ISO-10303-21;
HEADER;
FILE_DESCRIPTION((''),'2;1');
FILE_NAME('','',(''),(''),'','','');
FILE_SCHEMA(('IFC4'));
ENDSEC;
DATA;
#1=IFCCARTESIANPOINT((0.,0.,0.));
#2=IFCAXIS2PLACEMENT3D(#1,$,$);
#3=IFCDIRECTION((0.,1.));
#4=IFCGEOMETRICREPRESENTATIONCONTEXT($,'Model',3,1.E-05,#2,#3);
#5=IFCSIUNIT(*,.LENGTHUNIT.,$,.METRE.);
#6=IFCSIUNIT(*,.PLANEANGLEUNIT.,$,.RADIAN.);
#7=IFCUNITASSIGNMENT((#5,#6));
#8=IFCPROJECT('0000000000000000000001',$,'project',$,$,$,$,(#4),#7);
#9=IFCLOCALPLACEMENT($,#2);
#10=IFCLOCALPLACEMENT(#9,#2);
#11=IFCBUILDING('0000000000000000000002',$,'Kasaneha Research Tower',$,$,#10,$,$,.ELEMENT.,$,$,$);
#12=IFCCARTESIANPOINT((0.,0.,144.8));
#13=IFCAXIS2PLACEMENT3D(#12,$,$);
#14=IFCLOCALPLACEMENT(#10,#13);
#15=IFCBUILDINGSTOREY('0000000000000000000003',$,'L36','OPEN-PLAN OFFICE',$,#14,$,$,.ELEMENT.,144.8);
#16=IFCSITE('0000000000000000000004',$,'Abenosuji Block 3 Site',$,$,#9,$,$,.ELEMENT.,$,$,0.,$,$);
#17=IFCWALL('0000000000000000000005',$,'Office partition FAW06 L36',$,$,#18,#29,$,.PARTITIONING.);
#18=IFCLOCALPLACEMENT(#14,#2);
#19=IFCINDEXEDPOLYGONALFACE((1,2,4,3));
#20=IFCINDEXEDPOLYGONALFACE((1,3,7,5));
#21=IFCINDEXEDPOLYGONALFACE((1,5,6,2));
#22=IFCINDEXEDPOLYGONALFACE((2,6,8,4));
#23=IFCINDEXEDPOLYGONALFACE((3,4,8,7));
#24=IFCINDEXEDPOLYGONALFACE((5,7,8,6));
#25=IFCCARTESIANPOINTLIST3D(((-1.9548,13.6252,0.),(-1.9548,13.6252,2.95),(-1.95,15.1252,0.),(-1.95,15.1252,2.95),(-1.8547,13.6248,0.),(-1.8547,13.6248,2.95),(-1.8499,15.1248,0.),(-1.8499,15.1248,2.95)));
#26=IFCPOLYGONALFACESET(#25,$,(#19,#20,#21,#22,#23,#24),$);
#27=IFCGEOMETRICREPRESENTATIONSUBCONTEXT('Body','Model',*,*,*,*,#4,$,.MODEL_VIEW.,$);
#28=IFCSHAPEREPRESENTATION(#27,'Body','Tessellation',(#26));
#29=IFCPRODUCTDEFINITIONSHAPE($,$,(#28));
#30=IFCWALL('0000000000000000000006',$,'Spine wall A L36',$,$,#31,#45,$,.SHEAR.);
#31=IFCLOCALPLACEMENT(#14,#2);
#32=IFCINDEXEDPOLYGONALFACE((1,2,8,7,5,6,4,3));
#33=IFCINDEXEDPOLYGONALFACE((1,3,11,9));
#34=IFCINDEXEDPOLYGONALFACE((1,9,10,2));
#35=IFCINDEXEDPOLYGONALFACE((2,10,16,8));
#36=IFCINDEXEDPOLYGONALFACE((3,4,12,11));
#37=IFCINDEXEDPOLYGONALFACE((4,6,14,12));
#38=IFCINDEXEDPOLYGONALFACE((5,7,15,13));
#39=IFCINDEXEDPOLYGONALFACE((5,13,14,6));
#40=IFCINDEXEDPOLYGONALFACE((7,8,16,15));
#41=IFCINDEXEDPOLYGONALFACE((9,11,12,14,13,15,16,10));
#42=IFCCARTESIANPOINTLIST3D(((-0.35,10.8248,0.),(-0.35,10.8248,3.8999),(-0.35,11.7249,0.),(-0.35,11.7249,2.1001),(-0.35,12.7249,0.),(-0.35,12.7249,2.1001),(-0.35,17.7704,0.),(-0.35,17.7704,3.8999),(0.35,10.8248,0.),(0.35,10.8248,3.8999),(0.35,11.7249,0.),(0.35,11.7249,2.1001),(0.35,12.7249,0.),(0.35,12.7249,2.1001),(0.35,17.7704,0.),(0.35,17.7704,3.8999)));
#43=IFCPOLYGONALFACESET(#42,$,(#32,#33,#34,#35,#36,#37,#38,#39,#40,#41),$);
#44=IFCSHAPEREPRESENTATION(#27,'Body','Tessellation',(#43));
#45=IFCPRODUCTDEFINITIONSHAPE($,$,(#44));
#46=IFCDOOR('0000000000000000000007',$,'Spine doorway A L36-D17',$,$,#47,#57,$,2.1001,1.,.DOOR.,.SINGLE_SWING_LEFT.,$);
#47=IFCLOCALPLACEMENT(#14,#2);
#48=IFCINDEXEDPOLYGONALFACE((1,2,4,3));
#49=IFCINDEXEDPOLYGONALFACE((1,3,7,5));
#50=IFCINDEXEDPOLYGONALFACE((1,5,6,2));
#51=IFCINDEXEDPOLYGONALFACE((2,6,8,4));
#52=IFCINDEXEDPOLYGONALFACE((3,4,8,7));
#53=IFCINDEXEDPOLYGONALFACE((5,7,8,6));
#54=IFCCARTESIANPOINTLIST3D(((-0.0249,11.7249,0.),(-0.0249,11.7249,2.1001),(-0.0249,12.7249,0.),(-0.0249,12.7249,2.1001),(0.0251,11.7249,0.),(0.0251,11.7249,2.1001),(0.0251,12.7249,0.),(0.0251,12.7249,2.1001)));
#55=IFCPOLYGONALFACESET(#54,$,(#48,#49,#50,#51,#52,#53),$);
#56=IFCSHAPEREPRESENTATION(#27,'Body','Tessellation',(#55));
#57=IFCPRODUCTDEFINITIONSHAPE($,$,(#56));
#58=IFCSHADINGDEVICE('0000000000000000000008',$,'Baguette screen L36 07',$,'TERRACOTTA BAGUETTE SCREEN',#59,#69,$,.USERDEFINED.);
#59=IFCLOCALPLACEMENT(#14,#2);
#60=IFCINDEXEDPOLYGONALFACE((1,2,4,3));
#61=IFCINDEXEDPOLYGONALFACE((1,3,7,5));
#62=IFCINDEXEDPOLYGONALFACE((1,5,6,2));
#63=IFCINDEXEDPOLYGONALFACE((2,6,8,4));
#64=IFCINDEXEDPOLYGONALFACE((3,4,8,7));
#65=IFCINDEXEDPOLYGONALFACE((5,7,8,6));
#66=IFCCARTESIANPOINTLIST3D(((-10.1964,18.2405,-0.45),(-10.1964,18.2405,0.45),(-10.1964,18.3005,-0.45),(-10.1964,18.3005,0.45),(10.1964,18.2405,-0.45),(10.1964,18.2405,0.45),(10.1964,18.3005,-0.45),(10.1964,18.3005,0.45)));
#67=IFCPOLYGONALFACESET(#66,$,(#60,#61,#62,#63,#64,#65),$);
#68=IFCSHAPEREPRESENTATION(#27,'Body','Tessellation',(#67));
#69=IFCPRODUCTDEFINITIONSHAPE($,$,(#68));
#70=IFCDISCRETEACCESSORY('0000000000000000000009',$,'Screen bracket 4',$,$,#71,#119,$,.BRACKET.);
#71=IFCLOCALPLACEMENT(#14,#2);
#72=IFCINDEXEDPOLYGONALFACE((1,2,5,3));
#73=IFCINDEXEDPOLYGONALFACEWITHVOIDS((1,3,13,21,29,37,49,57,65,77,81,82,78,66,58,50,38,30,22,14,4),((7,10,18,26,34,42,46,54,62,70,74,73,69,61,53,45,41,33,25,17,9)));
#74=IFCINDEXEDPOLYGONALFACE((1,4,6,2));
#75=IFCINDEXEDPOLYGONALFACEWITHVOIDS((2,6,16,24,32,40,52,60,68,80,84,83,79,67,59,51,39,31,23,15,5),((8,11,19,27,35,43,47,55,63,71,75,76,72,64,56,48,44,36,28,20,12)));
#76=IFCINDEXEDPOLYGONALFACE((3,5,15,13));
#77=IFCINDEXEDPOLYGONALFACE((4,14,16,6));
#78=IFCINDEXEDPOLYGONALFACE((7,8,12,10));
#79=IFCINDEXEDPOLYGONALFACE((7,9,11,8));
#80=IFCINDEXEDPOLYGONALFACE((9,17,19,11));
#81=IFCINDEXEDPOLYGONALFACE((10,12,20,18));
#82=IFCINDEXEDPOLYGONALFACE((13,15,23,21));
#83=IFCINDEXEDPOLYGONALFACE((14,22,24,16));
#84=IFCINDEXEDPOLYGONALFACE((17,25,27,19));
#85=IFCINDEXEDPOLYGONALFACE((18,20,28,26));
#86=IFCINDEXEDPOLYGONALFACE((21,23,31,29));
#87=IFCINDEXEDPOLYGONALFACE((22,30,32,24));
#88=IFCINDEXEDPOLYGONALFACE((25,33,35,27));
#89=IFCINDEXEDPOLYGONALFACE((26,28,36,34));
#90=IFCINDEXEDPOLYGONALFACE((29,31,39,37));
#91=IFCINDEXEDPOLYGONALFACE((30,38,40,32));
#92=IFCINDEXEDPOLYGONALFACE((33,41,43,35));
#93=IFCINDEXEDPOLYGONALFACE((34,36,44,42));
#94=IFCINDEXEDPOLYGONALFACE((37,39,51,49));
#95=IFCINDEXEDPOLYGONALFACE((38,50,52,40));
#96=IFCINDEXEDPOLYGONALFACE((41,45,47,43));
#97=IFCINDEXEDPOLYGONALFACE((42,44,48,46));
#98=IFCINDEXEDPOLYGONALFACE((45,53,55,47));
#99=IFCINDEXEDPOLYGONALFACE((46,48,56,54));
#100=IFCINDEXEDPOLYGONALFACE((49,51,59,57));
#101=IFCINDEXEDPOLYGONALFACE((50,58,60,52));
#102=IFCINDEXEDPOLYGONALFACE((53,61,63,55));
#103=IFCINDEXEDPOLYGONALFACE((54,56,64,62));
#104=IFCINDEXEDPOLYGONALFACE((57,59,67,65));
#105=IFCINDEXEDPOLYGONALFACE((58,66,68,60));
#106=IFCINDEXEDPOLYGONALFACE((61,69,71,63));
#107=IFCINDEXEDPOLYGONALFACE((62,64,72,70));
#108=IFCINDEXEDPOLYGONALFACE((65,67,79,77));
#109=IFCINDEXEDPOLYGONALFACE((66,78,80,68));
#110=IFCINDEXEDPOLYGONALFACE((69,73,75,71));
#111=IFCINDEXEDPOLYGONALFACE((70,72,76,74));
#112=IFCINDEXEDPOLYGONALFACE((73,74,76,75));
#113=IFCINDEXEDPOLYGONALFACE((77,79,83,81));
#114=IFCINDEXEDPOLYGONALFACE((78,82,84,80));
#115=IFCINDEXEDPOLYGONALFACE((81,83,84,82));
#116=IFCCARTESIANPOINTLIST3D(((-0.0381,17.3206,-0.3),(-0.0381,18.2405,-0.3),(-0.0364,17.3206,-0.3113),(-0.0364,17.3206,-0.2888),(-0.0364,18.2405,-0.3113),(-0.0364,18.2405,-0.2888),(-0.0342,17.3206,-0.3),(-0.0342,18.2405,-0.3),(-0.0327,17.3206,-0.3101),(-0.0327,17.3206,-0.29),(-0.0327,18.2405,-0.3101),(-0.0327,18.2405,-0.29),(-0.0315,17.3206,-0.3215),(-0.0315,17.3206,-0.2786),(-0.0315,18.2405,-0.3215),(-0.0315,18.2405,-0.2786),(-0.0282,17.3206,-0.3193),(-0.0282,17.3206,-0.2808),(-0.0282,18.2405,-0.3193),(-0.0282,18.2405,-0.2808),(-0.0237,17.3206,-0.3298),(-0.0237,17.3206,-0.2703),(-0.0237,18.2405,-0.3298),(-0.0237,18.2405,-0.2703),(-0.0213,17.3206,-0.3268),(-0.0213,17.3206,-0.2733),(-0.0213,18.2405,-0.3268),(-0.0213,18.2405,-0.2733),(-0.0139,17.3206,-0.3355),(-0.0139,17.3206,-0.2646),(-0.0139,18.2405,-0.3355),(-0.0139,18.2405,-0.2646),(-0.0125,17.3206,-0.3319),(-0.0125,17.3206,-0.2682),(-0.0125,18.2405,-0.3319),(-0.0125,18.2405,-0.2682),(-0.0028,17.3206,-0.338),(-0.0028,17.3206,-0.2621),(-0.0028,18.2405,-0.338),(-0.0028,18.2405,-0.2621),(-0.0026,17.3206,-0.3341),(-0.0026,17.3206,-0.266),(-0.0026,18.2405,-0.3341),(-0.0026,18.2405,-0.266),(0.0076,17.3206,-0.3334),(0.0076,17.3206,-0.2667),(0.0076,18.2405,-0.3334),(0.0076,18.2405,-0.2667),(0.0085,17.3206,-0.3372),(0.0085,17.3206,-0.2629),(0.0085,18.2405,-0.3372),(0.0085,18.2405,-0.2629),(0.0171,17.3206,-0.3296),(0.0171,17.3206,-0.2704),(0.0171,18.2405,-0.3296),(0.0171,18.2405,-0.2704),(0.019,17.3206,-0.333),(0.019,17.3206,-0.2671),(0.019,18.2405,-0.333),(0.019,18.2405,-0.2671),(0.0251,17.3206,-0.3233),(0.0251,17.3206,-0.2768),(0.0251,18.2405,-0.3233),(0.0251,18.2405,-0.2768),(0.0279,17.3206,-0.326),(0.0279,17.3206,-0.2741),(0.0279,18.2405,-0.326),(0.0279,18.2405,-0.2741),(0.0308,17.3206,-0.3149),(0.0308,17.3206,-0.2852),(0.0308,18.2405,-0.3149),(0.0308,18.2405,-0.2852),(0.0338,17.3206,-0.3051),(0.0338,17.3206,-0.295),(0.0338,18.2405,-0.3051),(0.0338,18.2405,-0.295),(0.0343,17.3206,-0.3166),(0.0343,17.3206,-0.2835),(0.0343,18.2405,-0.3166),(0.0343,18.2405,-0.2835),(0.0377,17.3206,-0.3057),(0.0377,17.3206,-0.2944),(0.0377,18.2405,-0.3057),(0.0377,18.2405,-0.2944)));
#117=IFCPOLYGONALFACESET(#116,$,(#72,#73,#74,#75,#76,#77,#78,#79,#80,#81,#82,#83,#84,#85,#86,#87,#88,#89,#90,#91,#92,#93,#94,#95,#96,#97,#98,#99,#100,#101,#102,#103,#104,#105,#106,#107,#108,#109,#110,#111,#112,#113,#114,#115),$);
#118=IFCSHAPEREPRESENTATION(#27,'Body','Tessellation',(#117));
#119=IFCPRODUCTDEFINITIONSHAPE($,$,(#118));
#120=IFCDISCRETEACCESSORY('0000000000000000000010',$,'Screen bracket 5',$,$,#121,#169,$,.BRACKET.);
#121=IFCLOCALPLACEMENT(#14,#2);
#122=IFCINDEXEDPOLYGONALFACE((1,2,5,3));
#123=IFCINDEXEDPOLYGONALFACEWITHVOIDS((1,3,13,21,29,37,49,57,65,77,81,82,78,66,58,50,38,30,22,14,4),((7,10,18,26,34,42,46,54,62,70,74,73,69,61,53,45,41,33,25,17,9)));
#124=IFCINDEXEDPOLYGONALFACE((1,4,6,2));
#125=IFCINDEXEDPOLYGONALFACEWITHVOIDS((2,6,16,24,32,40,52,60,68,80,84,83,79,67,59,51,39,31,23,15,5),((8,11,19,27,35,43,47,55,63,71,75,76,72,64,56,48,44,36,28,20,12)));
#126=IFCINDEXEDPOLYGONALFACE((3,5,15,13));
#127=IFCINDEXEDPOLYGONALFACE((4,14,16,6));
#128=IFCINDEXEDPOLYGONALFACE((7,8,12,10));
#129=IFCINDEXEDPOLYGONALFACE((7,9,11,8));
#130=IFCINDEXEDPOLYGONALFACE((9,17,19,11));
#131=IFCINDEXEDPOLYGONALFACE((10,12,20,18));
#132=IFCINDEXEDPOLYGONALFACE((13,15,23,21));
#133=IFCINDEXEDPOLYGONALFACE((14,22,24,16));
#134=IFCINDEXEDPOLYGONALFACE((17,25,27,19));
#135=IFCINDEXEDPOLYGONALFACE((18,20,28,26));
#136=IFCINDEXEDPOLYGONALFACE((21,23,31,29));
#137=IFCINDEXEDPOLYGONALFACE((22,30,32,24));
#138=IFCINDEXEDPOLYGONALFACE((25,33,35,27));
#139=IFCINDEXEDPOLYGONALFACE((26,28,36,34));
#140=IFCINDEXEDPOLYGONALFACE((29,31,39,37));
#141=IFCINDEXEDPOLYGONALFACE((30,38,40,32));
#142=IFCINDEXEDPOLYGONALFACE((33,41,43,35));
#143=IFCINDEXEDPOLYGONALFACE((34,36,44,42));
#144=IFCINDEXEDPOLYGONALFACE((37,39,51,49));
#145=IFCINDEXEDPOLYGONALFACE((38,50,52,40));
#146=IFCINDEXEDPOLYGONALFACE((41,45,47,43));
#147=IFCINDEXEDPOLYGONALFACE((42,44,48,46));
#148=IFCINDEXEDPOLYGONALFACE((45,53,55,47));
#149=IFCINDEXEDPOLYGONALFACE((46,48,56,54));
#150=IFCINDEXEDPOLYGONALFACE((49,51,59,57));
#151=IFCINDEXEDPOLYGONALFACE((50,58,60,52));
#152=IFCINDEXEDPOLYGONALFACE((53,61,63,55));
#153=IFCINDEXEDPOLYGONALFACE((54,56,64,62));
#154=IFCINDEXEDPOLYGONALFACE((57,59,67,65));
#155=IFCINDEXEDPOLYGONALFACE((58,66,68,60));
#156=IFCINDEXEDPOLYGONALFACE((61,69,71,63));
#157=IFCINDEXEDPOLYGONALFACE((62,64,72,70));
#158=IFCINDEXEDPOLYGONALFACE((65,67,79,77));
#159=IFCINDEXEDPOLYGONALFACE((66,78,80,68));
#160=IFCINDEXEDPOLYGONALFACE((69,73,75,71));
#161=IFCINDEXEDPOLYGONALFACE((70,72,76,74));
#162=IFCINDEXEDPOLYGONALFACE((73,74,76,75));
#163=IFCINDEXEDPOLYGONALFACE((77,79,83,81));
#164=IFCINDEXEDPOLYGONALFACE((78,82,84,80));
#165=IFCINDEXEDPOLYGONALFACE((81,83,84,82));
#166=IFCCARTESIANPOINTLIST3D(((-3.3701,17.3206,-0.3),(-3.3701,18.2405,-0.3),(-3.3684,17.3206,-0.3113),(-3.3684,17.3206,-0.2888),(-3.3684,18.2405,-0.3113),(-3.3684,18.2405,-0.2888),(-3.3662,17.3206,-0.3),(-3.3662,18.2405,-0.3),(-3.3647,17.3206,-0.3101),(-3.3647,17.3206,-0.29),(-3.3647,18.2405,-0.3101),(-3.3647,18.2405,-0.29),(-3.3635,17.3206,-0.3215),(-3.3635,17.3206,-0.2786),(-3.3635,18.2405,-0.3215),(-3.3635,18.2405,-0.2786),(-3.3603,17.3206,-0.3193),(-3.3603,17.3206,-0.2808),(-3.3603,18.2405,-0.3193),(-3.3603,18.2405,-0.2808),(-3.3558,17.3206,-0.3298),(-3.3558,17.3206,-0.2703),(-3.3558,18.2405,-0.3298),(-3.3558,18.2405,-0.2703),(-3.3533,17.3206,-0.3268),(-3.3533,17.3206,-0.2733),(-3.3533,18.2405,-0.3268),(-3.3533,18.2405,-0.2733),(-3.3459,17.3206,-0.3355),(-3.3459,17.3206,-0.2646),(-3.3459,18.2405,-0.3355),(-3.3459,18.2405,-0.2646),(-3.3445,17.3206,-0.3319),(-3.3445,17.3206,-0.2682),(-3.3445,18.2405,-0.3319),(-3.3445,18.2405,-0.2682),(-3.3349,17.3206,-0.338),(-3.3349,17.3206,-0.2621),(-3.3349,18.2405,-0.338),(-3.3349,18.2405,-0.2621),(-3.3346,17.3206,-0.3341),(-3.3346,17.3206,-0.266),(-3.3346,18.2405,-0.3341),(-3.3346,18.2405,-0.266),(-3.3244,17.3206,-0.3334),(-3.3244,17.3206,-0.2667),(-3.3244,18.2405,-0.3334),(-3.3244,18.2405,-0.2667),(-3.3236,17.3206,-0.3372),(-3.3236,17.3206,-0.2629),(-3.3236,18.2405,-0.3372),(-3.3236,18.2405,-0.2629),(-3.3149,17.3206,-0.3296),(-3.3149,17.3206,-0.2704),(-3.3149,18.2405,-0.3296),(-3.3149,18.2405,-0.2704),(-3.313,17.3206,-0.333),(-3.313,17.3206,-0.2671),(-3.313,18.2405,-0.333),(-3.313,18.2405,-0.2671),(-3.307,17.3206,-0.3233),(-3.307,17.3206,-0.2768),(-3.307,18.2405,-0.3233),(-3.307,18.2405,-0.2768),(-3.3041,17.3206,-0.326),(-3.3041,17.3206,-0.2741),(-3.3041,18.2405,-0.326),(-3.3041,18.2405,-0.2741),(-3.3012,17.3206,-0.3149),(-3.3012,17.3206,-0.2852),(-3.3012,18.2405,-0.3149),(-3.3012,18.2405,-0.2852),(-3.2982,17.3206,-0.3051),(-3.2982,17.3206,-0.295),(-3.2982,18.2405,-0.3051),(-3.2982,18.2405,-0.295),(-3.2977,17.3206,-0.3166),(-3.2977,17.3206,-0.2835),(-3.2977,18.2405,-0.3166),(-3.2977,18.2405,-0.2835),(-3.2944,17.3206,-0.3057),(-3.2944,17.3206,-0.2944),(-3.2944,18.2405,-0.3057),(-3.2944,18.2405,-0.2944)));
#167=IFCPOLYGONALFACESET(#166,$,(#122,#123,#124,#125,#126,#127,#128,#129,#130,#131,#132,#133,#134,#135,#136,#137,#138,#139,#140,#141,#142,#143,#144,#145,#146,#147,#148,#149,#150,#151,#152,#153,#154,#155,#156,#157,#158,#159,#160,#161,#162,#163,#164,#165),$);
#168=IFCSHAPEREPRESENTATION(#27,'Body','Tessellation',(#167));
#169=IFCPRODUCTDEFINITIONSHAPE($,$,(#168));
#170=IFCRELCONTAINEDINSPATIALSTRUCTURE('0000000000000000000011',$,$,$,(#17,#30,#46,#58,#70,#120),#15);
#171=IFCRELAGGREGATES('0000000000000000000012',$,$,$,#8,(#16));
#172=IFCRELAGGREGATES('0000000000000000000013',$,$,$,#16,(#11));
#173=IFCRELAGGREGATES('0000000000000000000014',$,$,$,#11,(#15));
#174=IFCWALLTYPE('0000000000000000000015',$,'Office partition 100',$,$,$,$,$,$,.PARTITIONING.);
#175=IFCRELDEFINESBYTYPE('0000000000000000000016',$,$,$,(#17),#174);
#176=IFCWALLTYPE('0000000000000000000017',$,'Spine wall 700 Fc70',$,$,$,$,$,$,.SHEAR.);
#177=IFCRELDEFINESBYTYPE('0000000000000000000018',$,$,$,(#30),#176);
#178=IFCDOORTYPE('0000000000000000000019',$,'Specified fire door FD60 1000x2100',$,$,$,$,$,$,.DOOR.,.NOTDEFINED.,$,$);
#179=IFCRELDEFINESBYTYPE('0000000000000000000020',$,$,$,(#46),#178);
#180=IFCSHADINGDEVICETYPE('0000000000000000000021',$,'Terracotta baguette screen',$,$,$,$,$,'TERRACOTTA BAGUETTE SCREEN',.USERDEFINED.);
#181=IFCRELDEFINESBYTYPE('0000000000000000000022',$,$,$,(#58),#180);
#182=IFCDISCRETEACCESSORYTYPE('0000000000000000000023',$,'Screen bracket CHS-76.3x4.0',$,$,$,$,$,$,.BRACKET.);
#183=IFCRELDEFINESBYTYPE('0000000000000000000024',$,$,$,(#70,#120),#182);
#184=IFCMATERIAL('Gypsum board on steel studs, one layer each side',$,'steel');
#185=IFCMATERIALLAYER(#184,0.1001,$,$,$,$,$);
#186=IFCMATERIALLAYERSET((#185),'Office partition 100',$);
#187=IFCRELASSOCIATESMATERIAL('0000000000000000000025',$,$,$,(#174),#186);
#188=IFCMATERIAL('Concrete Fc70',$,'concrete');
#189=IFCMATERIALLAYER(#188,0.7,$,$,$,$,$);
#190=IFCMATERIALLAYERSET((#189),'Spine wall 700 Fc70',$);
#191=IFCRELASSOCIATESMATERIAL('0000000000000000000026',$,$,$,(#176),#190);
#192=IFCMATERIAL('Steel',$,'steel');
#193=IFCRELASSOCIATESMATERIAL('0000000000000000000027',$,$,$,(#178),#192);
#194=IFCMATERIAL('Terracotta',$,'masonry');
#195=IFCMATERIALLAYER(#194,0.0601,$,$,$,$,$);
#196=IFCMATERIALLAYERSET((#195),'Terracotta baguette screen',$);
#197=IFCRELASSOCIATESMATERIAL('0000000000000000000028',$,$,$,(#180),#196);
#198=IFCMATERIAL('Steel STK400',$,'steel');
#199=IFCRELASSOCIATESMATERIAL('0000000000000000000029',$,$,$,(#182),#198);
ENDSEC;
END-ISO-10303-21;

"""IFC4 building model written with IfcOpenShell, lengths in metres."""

from ifc_helpers import new_model, si_unit, direction, frame, frame_2d, origin, origin_2d, place, context, subcontext, project, spatial, rectangle, hollow_circle, extrude, material, layer, layer_set, material_profile, profile_set, type_object, element, fill, save


model = new_model("IFC4")

# Units and contexts
model_context = context("Model", 3, precision=1e-05, world=origin(), true_north=direction((0.0, 1.0)))
body_context = subcontext(model_context, "Body", "Model", "MODEL_VIEW")
ifc_project = project(units=[si_unit("LENGTHUNIT", "METRE"), si_unit("PLANEANGLEUNIT", "RADIAN")], contexts=[model_context])

# Site, building, storey
site_placement = place(None, origin())
site = spatial("IfcSite", under=ifc_project, at=site_placement, Name="Abenosuji Block 3 Site", CompositionType="ELEMENT", RefElevation=0.0)
building_placement = place(site_placement, origin())
building = spatial("IfcBuilding", under=site, at=building_placement, Name="Kasaneha Research Tower", CompositionType="ELEMENT")
storey_placement = place(building_placement, frame((0.0, 0.0, 144.8)))
storey = spatial("IfcBuildingStorey", under=building, at=storey_placement, Name="L36", Description="OPEN-PLAN OFFICE", CompositionType="ELEMENT", Elevation=144.8)

# Shared definitions
ifc_material_1 = material(Name="Gypsum board on steel studs, one layer each side", Category="steel")
ifc_layer_1 = layer(ifc_material_1, 0.1001)
ifc_layer_set_1 = layer_set([ifc_layer_1], Name="Office partition 100")
wall_type_1 = type_object("IfcWallType", Name="Office partition 100", PredefinedType="PARTITIONING", material=ifc_layer_set_1)

# Wall
for number, where, z_axis, x_axis, name in (
    (1, (-1.8999, 15.125, 0.0), (0.0, 0.0, 1.0), (-0.003255, -0.999995, 0.0), "Office partition FAW06 L36"),
):
    element("IfcWall", number, at=place(storey_placement, frame(where, z_axis=z_axis, x_axis=x_axis)), inside=storey, type_object=wall_type_1, Name=name, PredefinedType="PARTITIONING", context=body_context, shape_type="SweptSolid", body=[
        extrude(rectangle(XDim=1.5, YDim=0.1001, at=frame_2d((0.75, 0.0))), origin(), (0.0, 0.0, 1.0), 2.95),
    ])

# Wall, opening, door
ifc_material_2 = material(Name="Concrete Fc70", Category="concrete")
ifc_layer_2 = layer(ifc_material_2, 0.7)
ifc_layer_set_2 = layer_set([ifc_layer_2], Name="Spine wall 700 Fc70")
wall_type_2 = type_object("IfcWallType", Name="Spine wall 700 Fc70", PredefinedType="SHEAR", material=ifc_layer_set_2)
wall_1_placement = place(storey_placement, frame((0.0, 10.825, 0.0), z_axis=(0.0, 0.0, 1.0), x_axis=(0.0, 1.0, 0.0)))
wall_1 = element("IfcWall", 2, at=wall_1_placement, inside=storey, type_object=wall_type_2, Name="Spine wall A L36", PredefinedType="SHEAR", context=body_context, shape_type="SweptSolid", body=[
    extrude(rectangle(XDim=6.9456, YDim=0.7, at=frame_2d((3.4727, 0.0))), origin(), (0.0, 0.0, 1.0), 3.8999),
])
opening_1_placement = place(wall_1_placement, frame((0.8999, 0.0, 0.0)))
opening_1 = element("IfcOpeningElement", 3, at=opening_1_placement, cuts=wall_1, PredefinedType="OPENING", context=body_context, shape_type="SweptSolid", body=[
    extrude(rectangle(XDim=1.0, YDim=2.1001, at=frame_2d((0.5, 1.05))), frame((0.0, 0.3599, 0.0), z_axis=(0.0, -1.0, 0.0), x_axis=(1.0, 0.0, 0.0)), (0.0, 0.0, 1.0), 0.72),
])
ifc_material_3 = material(Name="Steel", Category="steel")
door_type_1 = type_object("IfcDoorType", Name="Specified fire door FD60 1000x2100", OperationType="NOTDEFINED", PredefinedType="DOOR", material=ifc_material_3)
door_1_placement = place(opening_1_placement, origin())
door_1 = element("IfcDoor", 4, at=door_1_placement, inside=storey, type_object=door_type_1, Name="Spine doorway A L36-D17", OperationType="SINGLE_SWING_LEFT", OverallHeight=2.1001, OverallWidth=1.0, PredefinedType="DOOR", context=body_context, shape_type="SweptSolid", body=[
    extrude(rectangle(XDim=1.0, YDim=2.1001, at=frame_2d((0.5, 1.05))), frame((0.0, 0.0249, 0.0), z_axis=(0.0, -1.0, 0.0), x_axis=(1.0, 0.0, 0.0)), (0.0, 0.0, 1.0), 0.05),
])
fill(opening_1, door_1)

# Shading device
ifc_material_4 = material(Name="Terracotta", Category="masonry")
ifc_layer_3 = layer(ifc_material_4, 0.0601)
ifc_layer_set_3 = layer_set([ifc_layer_3], Name="Terracotta baguette screen")
shading_device_type = type_object("IfcShadingDeviceType", Name="Terracotta baguette screen", ElementType="TERRACOTTA BAGUETTE SCREEN", PredefinedType="USERDEFINED", material=ifc_layer_set_3)
shading_device_placement = place(storey_placement, frame((0.0, 18.2705, -0.45), z_axis=(0.0, 0.0, 1.0), x_axis=(-1.0, 0.0, 0.0)))
element("IfcShadingDevice", 5, at=shading_device_placement, inside=storey, type_object=shading_device_type, Name="Baguette screen L36 07", ObjectType="TERRACOTTA BAGUETTE SCREEN", PredefinedType="USERDEFINED", context=body_context, shape_type="SweptSolid", body=[
    extrude(rectangle(XDim=20.3928, YDim=0.0601, at=origin_2d()), origin(), (0.0, 0.0, 1.0), 0.8999),
])

# Discrete accessories
ifc_material_5 = material(Name="Steel STK400", Category="steel")
ifc_material_profile_1 = material_profile(ifc_material_5, hollow_circle(Radius=0.0381, WallThickness=0.0039, at=origin_2d()), Name="CHS-76.3x4.0")
ifc_profile_set_1 = profile_set([ifc_material_profile_1], Name="Steel STK400")
discrete_accessory_type = type_object("IfcDiscreteAccessoryType", Name="Screen bracket CHS-76.3x4.0", PredefinedType="BRACKET", material=ifc_profile_set_1)
for number, where, z_axis, x_axis, name in (
    (6, (0.0, 17.3206, -0.3), (0.0, 1.0, 0.0), (-1.0, 0.0, 0.0), "Screen bracket 4"),
    (7, (-3.332, 17.3206, -0.3), (0.0, 1.0, 0.0), (-1.0, 0.0, 0.0), "Screen bracket 5"),
):
    element("IfcDiscreteAccessory", number, at=place(storey_placement, frame(where, z_axis=z_axis, x_axis=x_axis)), inside=storey, type_object=discrete_accessory_type, Name=name, PredefinedType="BRACKET", context=body_context, shape_type="SweptSolid", body=[
        extrude(hollow_circle(Radius=0.0381, WallThickness=0.0039, at=origin_2d()), origin(), (0.0, 0.0, 1.0), 0.9199),
    ])

save(model, "model.ifc")
